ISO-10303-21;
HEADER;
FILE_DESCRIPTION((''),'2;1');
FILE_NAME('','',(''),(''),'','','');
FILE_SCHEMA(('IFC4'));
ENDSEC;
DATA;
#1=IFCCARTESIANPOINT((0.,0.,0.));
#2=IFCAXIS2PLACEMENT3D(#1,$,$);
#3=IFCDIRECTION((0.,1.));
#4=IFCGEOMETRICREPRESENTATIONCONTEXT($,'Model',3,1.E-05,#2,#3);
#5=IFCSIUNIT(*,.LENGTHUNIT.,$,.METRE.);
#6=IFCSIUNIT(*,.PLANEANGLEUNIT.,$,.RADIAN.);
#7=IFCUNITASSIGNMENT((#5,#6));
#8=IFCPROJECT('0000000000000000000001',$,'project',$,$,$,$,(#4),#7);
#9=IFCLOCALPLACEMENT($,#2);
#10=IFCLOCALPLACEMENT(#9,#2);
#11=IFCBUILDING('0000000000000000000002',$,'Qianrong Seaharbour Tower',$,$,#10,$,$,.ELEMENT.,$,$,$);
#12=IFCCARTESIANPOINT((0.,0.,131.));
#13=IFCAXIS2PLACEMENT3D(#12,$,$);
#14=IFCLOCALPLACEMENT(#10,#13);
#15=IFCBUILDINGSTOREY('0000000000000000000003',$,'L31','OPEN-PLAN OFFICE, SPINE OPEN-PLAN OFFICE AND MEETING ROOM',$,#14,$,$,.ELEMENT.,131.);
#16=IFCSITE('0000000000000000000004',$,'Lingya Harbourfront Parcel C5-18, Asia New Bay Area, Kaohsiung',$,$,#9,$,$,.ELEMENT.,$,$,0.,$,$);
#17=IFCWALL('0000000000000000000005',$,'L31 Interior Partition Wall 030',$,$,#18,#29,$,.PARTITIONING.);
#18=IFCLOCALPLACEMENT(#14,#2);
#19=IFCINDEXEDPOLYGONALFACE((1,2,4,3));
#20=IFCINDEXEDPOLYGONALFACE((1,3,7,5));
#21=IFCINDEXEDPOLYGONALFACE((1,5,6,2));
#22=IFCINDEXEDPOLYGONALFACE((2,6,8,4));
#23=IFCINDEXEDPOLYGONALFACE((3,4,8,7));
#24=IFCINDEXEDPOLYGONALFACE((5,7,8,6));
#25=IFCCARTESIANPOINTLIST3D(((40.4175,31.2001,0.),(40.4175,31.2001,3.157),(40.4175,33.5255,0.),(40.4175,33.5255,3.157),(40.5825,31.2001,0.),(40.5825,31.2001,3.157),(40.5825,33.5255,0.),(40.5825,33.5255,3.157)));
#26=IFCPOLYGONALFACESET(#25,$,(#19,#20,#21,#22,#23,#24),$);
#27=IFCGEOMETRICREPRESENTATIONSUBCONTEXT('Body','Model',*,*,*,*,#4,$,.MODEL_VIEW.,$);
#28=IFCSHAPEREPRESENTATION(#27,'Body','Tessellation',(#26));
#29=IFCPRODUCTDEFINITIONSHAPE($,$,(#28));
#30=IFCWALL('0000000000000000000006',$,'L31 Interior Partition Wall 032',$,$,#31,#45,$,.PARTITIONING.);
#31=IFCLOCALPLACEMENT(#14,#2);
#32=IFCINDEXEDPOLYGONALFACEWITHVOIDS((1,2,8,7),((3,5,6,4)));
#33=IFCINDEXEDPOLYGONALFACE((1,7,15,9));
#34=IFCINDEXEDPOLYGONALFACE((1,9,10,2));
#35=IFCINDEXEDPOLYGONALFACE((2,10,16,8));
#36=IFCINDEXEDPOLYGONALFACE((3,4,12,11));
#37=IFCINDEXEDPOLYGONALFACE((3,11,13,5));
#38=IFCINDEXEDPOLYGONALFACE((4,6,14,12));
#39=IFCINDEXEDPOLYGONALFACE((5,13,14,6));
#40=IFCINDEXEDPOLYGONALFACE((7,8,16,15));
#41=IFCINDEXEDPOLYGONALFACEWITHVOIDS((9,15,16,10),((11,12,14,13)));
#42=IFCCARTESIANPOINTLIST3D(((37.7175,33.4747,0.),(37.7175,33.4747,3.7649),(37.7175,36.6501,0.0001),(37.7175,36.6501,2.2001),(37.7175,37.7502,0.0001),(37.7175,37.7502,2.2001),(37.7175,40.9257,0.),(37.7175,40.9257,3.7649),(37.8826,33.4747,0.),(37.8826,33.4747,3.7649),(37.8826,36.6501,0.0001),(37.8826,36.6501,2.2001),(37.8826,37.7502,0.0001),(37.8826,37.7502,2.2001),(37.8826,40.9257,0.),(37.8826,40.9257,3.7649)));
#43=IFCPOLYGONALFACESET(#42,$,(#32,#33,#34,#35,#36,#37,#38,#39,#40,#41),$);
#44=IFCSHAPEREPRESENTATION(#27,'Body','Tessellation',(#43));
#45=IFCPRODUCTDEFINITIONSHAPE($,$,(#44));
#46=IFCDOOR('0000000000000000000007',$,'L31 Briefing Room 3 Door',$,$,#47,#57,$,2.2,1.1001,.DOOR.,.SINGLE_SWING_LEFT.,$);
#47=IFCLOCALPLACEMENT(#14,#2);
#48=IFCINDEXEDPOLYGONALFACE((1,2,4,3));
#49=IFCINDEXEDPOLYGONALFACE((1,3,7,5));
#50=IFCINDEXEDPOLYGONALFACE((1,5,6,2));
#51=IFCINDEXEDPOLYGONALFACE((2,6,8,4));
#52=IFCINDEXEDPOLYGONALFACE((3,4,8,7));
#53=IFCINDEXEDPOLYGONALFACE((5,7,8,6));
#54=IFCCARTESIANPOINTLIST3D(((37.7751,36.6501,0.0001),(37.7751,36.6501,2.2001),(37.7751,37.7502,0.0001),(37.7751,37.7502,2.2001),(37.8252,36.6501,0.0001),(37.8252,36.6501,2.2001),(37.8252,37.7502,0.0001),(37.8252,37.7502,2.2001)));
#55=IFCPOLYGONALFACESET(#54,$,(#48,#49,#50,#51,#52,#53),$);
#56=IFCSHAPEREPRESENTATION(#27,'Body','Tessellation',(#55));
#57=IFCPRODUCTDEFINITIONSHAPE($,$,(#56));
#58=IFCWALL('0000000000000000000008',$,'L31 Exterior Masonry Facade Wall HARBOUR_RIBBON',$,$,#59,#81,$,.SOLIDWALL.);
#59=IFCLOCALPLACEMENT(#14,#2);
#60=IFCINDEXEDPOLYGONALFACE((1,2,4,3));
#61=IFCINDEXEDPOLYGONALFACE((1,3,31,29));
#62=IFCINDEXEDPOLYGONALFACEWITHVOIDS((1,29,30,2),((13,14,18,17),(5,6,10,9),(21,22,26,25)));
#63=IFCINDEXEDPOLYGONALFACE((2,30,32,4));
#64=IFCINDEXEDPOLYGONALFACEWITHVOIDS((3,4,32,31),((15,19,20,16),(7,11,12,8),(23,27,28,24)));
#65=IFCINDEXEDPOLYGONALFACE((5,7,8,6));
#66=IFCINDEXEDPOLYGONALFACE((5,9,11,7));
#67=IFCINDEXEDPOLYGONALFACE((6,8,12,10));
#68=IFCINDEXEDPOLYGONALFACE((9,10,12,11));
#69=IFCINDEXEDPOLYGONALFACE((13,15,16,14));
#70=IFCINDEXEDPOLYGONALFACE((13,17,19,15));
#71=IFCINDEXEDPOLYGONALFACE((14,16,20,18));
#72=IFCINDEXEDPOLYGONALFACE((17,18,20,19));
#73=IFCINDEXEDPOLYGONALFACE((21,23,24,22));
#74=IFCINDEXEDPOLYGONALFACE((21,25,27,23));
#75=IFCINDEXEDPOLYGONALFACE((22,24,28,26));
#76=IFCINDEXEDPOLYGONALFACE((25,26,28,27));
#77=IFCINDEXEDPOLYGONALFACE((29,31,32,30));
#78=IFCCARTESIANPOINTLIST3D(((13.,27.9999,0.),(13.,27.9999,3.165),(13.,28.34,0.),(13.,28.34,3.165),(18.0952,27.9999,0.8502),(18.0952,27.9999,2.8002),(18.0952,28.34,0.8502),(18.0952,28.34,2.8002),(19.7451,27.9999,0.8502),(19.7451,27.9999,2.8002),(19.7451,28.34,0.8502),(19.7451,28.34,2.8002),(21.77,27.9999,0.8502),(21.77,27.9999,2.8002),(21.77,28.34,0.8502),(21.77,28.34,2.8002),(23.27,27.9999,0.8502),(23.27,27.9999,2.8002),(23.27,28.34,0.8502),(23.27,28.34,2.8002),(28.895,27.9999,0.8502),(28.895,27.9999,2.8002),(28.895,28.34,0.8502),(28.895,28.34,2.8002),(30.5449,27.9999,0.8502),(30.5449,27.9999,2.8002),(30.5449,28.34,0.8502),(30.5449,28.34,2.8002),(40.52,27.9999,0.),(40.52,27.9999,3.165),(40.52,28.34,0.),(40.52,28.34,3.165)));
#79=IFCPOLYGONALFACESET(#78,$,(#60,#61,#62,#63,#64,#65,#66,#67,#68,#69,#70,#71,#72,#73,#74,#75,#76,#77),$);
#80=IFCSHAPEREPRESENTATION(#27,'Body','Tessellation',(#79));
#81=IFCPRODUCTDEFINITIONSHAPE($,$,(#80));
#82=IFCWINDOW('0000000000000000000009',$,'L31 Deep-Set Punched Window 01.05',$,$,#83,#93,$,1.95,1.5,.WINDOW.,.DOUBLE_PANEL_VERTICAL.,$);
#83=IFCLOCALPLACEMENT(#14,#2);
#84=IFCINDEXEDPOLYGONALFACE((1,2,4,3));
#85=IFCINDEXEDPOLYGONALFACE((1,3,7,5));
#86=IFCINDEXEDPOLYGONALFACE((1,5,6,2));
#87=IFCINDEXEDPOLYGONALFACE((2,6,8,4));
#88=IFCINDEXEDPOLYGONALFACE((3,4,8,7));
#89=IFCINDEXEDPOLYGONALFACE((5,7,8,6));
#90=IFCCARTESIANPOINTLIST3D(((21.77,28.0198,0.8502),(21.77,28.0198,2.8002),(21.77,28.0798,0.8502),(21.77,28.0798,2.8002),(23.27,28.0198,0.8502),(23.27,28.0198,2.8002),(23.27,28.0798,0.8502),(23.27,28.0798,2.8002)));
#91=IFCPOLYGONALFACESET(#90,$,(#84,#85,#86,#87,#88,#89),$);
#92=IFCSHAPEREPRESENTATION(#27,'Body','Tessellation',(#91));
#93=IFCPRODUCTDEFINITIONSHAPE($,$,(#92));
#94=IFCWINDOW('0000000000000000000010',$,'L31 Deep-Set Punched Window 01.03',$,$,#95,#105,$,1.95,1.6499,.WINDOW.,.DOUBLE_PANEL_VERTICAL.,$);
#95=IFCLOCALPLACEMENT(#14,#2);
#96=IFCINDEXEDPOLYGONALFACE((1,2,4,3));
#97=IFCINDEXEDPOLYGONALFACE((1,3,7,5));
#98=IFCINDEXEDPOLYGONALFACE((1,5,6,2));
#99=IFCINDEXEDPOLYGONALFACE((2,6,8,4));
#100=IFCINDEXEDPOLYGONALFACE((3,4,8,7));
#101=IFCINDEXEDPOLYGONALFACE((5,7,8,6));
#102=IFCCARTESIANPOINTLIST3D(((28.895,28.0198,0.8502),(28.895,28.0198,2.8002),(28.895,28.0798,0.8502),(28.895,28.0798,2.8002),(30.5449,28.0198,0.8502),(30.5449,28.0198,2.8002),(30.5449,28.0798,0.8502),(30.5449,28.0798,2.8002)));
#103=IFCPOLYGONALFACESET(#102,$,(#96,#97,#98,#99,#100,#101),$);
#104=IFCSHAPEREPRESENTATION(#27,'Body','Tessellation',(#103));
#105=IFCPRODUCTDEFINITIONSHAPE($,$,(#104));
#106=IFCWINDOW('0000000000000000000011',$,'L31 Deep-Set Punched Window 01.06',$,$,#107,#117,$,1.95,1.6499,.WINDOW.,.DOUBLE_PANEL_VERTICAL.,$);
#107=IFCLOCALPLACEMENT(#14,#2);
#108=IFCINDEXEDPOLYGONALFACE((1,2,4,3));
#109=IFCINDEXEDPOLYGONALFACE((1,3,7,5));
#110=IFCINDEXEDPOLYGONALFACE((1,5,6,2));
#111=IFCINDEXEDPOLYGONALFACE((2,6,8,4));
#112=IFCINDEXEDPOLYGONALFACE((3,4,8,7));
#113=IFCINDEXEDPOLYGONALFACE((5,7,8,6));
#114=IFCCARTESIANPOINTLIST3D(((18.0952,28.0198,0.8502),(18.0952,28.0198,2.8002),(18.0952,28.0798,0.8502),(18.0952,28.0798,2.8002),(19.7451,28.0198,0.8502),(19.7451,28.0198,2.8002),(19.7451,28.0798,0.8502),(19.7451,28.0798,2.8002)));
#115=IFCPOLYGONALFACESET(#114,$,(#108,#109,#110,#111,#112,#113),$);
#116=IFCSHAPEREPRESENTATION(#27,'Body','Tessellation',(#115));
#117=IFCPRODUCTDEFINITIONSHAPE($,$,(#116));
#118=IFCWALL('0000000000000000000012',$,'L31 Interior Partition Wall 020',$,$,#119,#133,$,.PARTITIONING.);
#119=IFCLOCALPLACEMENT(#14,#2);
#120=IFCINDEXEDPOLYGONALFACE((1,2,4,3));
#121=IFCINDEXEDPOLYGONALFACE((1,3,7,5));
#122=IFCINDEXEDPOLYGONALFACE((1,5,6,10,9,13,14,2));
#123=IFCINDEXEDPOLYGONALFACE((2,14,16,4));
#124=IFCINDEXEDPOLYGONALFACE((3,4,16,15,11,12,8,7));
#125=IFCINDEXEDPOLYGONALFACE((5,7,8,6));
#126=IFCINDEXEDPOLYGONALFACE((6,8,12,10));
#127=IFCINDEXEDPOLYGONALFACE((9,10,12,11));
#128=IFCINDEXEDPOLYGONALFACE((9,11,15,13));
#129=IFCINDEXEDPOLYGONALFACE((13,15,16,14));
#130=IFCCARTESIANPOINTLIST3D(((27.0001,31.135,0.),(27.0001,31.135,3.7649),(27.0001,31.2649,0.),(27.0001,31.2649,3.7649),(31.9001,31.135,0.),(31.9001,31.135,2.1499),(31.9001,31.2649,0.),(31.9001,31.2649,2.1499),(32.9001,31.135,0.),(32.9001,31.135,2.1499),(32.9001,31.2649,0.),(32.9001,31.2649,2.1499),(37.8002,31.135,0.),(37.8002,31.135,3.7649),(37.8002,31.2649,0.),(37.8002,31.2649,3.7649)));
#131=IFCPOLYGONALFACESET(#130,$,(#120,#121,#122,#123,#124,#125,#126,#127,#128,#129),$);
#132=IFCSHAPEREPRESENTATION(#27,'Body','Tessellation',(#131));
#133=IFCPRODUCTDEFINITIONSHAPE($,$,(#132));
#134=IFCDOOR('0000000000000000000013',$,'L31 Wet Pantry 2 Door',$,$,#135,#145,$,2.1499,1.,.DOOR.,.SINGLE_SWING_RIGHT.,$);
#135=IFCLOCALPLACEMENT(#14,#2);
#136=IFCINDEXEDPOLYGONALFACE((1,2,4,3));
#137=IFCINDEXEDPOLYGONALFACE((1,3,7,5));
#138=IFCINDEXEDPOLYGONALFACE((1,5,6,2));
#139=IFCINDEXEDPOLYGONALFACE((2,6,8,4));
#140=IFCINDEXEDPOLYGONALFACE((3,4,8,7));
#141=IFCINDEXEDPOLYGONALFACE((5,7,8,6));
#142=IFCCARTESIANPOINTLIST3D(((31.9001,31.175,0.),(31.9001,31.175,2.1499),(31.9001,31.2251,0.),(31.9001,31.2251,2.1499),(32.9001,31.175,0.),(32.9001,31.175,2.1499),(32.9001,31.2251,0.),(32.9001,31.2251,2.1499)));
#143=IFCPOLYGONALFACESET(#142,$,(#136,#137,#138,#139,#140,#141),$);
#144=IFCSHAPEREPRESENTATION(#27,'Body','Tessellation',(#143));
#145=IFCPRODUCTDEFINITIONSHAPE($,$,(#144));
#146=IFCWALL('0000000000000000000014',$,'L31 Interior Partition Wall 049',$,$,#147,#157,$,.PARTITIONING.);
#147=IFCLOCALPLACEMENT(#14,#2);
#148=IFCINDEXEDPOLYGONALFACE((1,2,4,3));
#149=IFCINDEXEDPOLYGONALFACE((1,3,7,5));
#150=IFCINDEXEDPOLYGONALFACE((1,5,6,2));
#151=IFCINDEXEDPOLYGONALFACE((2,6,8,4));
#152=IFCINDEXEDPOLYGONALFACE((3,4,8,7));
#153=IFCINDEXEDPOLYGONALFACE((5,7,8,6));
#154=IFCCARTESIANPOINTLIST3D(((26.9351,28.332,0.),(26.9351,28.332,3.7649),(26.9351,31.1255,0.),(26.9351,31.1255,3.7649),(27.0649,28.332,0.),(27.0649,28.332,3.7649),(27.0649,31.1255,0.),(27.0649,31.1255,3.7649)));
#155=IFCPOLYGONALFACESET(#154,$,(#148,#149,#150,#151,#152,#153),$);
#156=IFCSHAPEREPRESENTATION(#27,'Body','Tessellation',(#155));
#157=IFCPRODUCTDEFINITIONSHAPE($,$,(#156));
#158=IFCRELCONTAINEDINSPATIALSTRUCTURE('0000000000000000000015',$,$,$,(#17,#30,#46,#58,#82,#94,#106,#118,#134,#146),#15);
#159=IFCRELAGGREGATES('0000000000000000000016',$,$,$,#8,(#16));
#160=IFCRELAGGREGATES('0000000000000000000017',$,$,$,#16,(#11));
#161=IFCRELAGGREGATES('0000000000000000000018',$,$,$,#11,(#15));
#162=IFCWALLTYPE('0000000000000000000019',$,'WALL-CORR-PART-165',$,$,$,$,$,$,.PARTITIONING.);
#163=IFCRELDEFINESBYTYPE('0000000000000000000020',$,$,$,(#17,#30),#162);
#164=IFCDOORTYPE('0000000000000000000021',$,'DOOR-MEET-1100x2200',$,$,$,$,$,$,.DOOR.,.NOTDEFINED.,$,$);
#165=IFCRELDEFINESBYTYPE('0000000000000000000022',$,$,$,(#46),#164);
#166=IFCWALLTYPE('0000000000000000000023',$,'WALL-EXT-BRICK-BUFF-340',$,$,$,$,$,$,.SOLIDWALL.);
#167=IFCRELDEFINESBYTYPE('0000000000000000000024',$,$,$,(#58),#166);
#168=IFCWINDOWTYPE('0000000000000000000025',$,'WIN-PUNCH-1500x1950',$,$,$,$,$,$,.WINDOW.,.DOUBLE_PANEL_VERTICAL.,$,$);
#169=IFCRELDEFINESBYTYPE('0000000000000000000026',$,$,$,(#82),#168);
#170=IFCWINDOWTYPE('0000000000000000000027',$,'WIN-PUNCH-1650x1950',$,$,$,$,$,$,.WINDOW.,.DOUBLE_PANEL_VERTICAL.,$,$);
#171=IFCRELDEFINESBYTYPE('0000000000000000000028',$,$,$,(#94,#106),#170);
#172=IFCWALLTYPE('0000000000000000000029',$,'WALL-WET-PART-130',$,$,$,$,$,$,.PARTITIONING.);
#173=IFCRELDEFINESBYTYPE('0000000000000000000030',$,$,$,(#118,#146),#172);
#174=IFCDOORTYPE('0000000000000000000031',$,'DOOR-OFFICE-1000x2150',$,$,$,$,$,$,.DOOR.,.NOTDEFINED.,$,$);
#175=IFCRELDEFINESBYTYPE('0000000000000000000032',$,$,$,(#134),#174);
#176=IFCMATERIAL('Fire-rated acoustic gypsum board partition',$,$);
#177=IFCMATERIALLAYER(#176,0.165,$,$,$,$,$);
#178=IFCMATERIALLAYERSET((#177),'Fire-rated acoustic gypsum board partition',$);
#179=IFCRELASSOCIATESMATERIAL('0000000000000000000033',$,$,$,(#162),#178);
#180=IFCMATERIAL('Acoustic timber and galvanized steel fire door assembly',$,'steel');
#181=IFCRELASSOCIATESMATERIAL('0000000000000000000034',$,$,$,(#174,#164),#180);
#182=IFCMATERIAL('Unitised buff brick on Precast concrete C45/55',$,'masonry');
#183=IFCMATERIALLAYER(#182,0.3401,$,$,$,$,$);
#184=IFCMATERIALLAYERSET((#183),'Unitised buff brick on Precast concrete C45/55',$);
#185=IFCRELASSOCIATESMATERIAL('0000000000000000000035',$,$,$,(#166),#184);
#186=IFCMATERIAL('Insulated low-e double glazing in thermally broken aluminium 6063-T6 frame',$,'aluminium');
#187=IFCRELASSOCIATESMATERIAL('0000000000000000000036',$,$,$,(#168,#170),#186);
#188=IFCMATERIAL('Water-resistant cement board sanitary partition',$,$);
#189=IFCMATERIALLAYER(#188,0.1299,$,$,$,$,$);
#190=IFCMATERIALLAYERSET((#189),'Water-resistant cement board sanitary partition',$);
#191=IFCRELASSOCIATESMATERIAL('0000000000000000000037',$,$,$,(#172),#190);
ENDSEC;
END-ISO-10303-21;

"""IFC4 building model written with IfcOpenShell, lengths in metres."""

from ifc_helpers import new_model, si_unit, direction, frame, frame_2d, origin, place, context, subcontext, project, spatial, rectangle, extrude, material, layer, layer_set, type_object, element, fill, save


model = new_model("IFC4")

# Units and contexts
model_context = context("Model", 3, precision=1e-05, world=origin(), true_north=direction((0.0, 1.0)))
body_context = subcontext(model_context, "Body", "Model", "MODEL_VIEW")
ifc_project = project(units=[si_unit("LENGTHUNIT", "METRE"), si_unit("PLANEANGLEUNIT", "RADIAN")], contexts=[model_context])

# Site, building, storey
site_placement = place(None, origin())
site = spatial("IfcSite", under=ifc_project, at=site_placement, Name="Lingya Harbourfront Parcel C5-18, Asia New Bay Area, Kaohsiung", CompositionType="ELEMENT", RefElevation=0.0)
building_placement = place(site_placement, origin())
building = spatial("IfcBuilding", under=site, at=building_placement, Name="Qianrong Seaharbour Tower", CompositionType="ELEMENT")
storey_placement = place(building_placement, frame((0.0, 0.0, 131.0)))
storey = spatial("IfcBuildingStorey", under=building, at=storey_placement, Name="L31", Description="OPEN-PLAN OFFICE, SPINE OPEN-PLAN OFFICE AND MEETING ROOM", CompositionType="ELEMENT", Elevation=131.0)

# Shared definitions
ifc_material_1 = material(Name="Fire-rated acoustic gypsum board partition")
ifc_layer_1 = layer(ifc_material_1, 0.165)
ifc_layer_set_1 = layer_set([ifc_layer_1], Name="Fire-rated acoustic gypsum board partition")
wall_type_1 = type_object("IfcWallType", Name="WALL-CORR-PART-165", PredefinedType="PARTITIONING", material=ifc_layer_set_1)

# Shared definitions
ifc_material_2 = material(Name="Acoustic timber and galvanized steel fire door assembly", Category="steel")
door_type_1 = type_object("IfcDoorType", Name="DOOR-OFFICE-1000x2150", OperationType="NOTDEFINED", PredefinedType="DOOR", material=ifc_material_2)

# Shared definitions
door_type_2 = type_object("IfcDoorType", Name="DOOR-MEET-1100x2200", OperationType="NOTDEFINED", PredefinedType="DOOR", material=ifc_material_2)

# Wall
wall_1_placement = place(storey_placement, frame((40.5, 33.5254, 0.0), z_axis=(0.0, 0.0, 1.0), x_axis=(0.0, -1.0, 0.0)))
element("IfcWall", 1, at=wall_1_placement, inside=storey, type_object=wall_type_1, Name="L31 Interior Partition Wall 030", PredefinedType="PARTITIONING", context=body_context, shape_type="SweptSolid", body=[
    extrude(rectangle(XDim=2.3254, YDim=0.165, at=frame_2d((1.1626, 0.0))), origin(), (0.0, 0.0, 1.0), 3.157),
])

# Wall, opening, door
wall_2_placement = place(storey_placement, frame((37.8, 33.4746, 0.0), z_axis=(0.0, 0.0, 1.0), x_axis=(0.0, 1.0, 0.0)))
wall_2 = element("IfcWall", 2, at=wall_2_placement, inside=storey, type_object=wall_type_1, Name="L31 Interior Partition Wall 032", PredefinedType="PARTITIONING", context=body_context, shape_type="SweptSolid", body=[
    extrude(rectangle(XDim=7.4509, YDim=0.165, at=frame_2d((3.7256, 0.0))), origin(), (0.0, 0.0, 1.0), 3.7649),
])
opening_1_placement = place(wall_2_placement, frame((3.1755, 0.0, 0.0)))
opening_1 = element("IfcOpeningElement", 3, at=opening_1_placement, cuts=wall_2, PredefinedType="OPENING", context=body_context, shape_type="SweptSolid", body=[
    extrude(rectangle(XDim=1.1001, YDim=2.2, at=frame_2d((0.55, 1.1001))), frame((0.0, 0.0925, 0.0), z_axis=(0.0, -1.0, 0.0), x_axis=(1.0, 0.0, 0.0)), (0.0, 0.0, 1.0), 0.1851),
])
door_1_placement = place(opening_1_placement, origin())
door_1 = element("IfcDoor", 4, at=door_1_placement, inside=storey, type_object=door_type_2, Name="L31 Briefing Room 3 Door", OperationType="SINGLE_SWING_LEFT", OverallHeight=2.2, OverallWidth=1.1001, PredefinedType="DOOR", context=body_context, shape_type="SweptSolid", body=[
    extrude(rectangle(XDim=1.1001, YDim=2.2, at=frame_2d((0.55, 1.1001))), frame((0.0, 0.0249, 0.0), z_axis=(0.0, -1.0, 0.0), x_axis=(1.0, 0.0, 0.0)), (0.0, 0.0, 1.0), 0.05),
])
fill(opening_1, door_1)

# Wall, openings, windows
ifc_material_3 = material(Name="Unitised buff brick on Precast concrete C45/55", Category="masonry")
ifc_layer_2 = layer(ifc_material_3, 0.3401)
ifc_layer_set_2 = layer_set([ifc_layer_2], Name="Unitised buff brick on Precast concrete C45/55")
wall_type_2 = type_object("IfcWallType", Name="WALL-EXT-BRICK-BUFF-340", PredefinedType="SOLIDWALL", material=ifc_layer_set_2)
wall_3_placement = place(storey_placement, frame((40.52, 28.1699, 0.0), z_axis=(0.0, 0.0, 1.0), x_axis=(-1.0, 0.0, 0.0)))
wall_3 = element("IfcWall", 5, at=wall_3_placement, inside=storey, type_object=wall_type_2, Name="L31 Exterior Masonry Facade Wall HARBOUR_RIBBON", PredefinedType="SOLIDWALL", context=body_context, shape_type="SweptSolid", body=[
    extrude(rectangle(XDim=27.52, YDim=0.3401, at=frame_2d((13.76, 0.0))), origin(), (0.0, 0.0, 1.0), 3.165),
])
opening_2_placement = place(wall_3_placement, frame((9.9751, 0.0, 0.8501)))
opening_2 = element("IfcOpeningElement", 6, at=opening_2_placement, cuts=wall_3, PredefinedType="OPENING", context=body_context, shape_type="SweptSolid", body=[
    extrude(rectangle(XDim=1.6499, YDim=1.95, at=frame_2d((0.825, 0.9751))), frame((0.0, 0.1802, 0.0), z_axis=(0.0, -1.0, 0.0), x_axis=(1.0, 0.0, 0.0)), (0.0, 0.0, 1.0), 0.3601),
])
opening_3_placement = place(wall_3_placement, frame((17.25, 0.0, 0.8501)))
opening_3 = element("IfcOpeningElement", 7, at=opening_3_placement, cuts=wall_3, PredefinedType="OPENING", context=body_context, shape_type="SweptSolid", body=[
    extrude(rectangle(XDim=1.5, YDim=1.95, at=frame_2d((0.75, 0.9751))), frame((0.0, 0.1802, 0.0), z_axis=(0.0, -1.0, 0.0), x_axis=(1.0, 0.0, 0.0)), (0.0, 0.0, 1.0), 0.3601),
])
opening_4_placement = place(wall_3_placement, frame((20.7749, 0.0, 0.8501)))
opening_4 = element("IfcOpeningElement", 8, at=opening_4_placement, cuts=wall_3, PredefinedType="OPENING", context=body_context, shape_type="SweptSolid", body=[
    extrude(rectangle(XDim=1.6499, YDim=1.95, at=frame_2d((0.825, 0.9751))), frame((0.0, 0.1802, 0.0), z_axis=(0.0, -1.0, 0.0), x_axis=(1.0, 0.0, 0.0)), (0.0, 0.0, 1.0), 0.3601),
])
ifc_material_4 = material(Name="Insulated low-e double glazing in thermally broken aluminium 6063-T6 frame", Category="aluminium")
window_type_1 = type_object("IfcWindowType", Name="WIN-PUNCH-1500x1950", PartitioningType="DOUBLE_PANEL_VERTICAL", PredefinedType="WINDOW", material=ifc_material_4)
window_1_placement = place(opening_3_placement, origin())
window_1 = element("IfcWindow", 9, at=window_1_placement, inside=storey, type_object=window_type_1, Name="L31 Deep-Set Punched Window 01.05", OverallHeight=1.95, OverallWidth=1.5, PartitioningType="DOUBLE_PANEL_VERTICAL", PredefinedType="WINDOW", context=body_context, shape_type="SweptSolid", body=[
    extrude(rectangle(XDim=1.5, YDim=1.95, at=frame_2d((0.75, 0.9751))), frame((0.0, 0.1501, 0.0), z_axis=(0.0, -1.0, 0.0), x_axis=(1.0, 0.0, 0.0)), (0.0, 0.0, 1.0), 0.0601),
])
fill(opening_3, window_1)
window_type_2 = type_object("IfcWindowType", Name="WIN-PUNCH-1650x1950", PartitioningType="DOUBLE_PANEL_VERTICAL", PredefinedType="WINDOW", material=ifc_material_4)
window_2_placement = place(opening_2_placement, origin())
window_2 = element("IfcWindow", 10, at=window_2_placement, inside=storey, type_object=window_type_2, Name="L31 Deep-Set Punched Window 01.03", OverallHeight=1.95, OverallWidth=1.6499, PartitioningType="DOUBLE_PANEL_VERTICAL", PredefinedType="WINDOW", context=body_context, shape_type="SweptSolid", body=[
    extrude(rectangle(XDim=1.6499, YDim=1.95, at=frame_2d((0.825, 0.9751))), frame((0.0, 0.1501, 0.0), z_axis=(0.0, -1.0, 0.0), x_axis=(1.0, 0.0, 0.0)), (0.0, 0.0, 1.0), 0.0601),
])
fill(opening_2, window_2)
window_3_placement = place(opening_4_placement, origin())
window_3 = element("IfcWindow", 11, at=window_3_placement, inside=storey, type_object=window_type_2, Name="L31 Deep-Set Punched Window 01.06", OverallHeight=1.95, OverallWidth=1.6499, PartitioningType="DOUBLE_PANEL_VERTICAL", PredefinedType="WINDOW", context=body_context, shape_type="SweptSolid", body=[
    extrude(rectangle(XDim=1.6499, YDim=1.95, at=frame_2d((0.825, 0.9751))), frame((0.0, 0.1501, 0.0), z_axis=(0.0, -1.0, 0.0), x_axis=(1.0, 0.0, 0.0)), (0.0, 0.0, 1.0), 0.0601),
])
fill(opening_4, window_3)

# Wall, opening, door
ifc_material_5 = material(Name="Water-resistant cement board sanitary partition")
ifc_layer_3 = layer(ifc_material_5, 0.1299)
ifc_layer_set_3 = layer_set([ifc_layer_3], Name="Water-resistant cement board sanitary partition")
wall_type_3 = type_object("IfcWallType", Name="WALL-WET-PART-130", PredefinedType="PARTITIONING", material=ifc_layer_set_3)
wall_4_placement = place(storey_placement, frame((37.8, 31.2, 0.0), z_axis=(0.0, 0.0, 1.0), x_axis=(-1.0, 0.0, 0.0)))
wall_4 = element("IfcWall", 12, at=wall_4_placement, inside=storey, type_object=wall_type_3, Name="L31 Interior Partition Wall 020", PredefinedType="PARTITIONING", context=body_context, shape_type="SweptSolid", body=[
    extrude(rectangle(XDim=10.8, YDim=0.1299, at=frame_2d((5.3999, 0.0))), origin(), (0.0, 0.0, 1.0), 3.7649),
])
opening_5_placement = place(wall_4_placement, frame((4.8999, 0.0, 0.0)))
opening_5 = element("IfcOpeningElement", 13, at=opening_5_placement, cuts=wall_4, PredefinedType="OPENING", context=body_context, shape_type="SweptSolid", body=[
    extrude(rectangle(XDim=1.0, YDim=2.1499, at=frame_2d((0.5, 1.075))), frame((0.0, 0.075, 0.0), z_axis=(0.0, -1.0, 0.0), x_axis=(1.0, 0.0, 0.0)), (0.0, 0.0, 1.0), 0.1499),
])
door_2_placement = place(opening_5_placement, origin())
door_2 = element("IfcDoor", 14, at=door_2_placement, inside=storey, type_object=door_type_1, Name="L31 Wet Pantry 2 Door", OperationType="SINGLE_SWING_RIGHT", OverallHeight=2.1499, OverallWidth=1.0, PredefinedType="DOOR", context=body_context, shape_type="SweptSolid", body=[
    extrude(rectangle(XDim=1.0, YDim=2.1499, at=frame_2d((0.5, 1.075))), frame((0.0, 0.0249, 0.0), z_axis=(0.0, -1.0, 0.0), x_axis=(1.0, 0.0, 0.0)), (0.0, 0.0, 1.0), 0.05),
])
fill(opening_5, door_2)

# Wall
wall_5_placement = place(storey_placement, frame((27.0, 31.1255, 0.0), z_axis=(0.0, 0.0, 1.0), x_axis=(0.0, -1.0, 0.0)))
element("IfcWall", 15, at=wall_5_placement, inside=storey, type_object=wall_type_3, Name="L31 Interior Partition Wall 049", PredefinedType="PARTITIONING", context=body_context, shape_type="SweptSolid", body=[
    extrude(rectangle(XDim=2.7935, YDim=0.1299, at=frame_2d((1.3967, 0.0))), origin(), (0.0, 0.0, 1.0), 3.7649),
])

save(model, "model.ifc")
